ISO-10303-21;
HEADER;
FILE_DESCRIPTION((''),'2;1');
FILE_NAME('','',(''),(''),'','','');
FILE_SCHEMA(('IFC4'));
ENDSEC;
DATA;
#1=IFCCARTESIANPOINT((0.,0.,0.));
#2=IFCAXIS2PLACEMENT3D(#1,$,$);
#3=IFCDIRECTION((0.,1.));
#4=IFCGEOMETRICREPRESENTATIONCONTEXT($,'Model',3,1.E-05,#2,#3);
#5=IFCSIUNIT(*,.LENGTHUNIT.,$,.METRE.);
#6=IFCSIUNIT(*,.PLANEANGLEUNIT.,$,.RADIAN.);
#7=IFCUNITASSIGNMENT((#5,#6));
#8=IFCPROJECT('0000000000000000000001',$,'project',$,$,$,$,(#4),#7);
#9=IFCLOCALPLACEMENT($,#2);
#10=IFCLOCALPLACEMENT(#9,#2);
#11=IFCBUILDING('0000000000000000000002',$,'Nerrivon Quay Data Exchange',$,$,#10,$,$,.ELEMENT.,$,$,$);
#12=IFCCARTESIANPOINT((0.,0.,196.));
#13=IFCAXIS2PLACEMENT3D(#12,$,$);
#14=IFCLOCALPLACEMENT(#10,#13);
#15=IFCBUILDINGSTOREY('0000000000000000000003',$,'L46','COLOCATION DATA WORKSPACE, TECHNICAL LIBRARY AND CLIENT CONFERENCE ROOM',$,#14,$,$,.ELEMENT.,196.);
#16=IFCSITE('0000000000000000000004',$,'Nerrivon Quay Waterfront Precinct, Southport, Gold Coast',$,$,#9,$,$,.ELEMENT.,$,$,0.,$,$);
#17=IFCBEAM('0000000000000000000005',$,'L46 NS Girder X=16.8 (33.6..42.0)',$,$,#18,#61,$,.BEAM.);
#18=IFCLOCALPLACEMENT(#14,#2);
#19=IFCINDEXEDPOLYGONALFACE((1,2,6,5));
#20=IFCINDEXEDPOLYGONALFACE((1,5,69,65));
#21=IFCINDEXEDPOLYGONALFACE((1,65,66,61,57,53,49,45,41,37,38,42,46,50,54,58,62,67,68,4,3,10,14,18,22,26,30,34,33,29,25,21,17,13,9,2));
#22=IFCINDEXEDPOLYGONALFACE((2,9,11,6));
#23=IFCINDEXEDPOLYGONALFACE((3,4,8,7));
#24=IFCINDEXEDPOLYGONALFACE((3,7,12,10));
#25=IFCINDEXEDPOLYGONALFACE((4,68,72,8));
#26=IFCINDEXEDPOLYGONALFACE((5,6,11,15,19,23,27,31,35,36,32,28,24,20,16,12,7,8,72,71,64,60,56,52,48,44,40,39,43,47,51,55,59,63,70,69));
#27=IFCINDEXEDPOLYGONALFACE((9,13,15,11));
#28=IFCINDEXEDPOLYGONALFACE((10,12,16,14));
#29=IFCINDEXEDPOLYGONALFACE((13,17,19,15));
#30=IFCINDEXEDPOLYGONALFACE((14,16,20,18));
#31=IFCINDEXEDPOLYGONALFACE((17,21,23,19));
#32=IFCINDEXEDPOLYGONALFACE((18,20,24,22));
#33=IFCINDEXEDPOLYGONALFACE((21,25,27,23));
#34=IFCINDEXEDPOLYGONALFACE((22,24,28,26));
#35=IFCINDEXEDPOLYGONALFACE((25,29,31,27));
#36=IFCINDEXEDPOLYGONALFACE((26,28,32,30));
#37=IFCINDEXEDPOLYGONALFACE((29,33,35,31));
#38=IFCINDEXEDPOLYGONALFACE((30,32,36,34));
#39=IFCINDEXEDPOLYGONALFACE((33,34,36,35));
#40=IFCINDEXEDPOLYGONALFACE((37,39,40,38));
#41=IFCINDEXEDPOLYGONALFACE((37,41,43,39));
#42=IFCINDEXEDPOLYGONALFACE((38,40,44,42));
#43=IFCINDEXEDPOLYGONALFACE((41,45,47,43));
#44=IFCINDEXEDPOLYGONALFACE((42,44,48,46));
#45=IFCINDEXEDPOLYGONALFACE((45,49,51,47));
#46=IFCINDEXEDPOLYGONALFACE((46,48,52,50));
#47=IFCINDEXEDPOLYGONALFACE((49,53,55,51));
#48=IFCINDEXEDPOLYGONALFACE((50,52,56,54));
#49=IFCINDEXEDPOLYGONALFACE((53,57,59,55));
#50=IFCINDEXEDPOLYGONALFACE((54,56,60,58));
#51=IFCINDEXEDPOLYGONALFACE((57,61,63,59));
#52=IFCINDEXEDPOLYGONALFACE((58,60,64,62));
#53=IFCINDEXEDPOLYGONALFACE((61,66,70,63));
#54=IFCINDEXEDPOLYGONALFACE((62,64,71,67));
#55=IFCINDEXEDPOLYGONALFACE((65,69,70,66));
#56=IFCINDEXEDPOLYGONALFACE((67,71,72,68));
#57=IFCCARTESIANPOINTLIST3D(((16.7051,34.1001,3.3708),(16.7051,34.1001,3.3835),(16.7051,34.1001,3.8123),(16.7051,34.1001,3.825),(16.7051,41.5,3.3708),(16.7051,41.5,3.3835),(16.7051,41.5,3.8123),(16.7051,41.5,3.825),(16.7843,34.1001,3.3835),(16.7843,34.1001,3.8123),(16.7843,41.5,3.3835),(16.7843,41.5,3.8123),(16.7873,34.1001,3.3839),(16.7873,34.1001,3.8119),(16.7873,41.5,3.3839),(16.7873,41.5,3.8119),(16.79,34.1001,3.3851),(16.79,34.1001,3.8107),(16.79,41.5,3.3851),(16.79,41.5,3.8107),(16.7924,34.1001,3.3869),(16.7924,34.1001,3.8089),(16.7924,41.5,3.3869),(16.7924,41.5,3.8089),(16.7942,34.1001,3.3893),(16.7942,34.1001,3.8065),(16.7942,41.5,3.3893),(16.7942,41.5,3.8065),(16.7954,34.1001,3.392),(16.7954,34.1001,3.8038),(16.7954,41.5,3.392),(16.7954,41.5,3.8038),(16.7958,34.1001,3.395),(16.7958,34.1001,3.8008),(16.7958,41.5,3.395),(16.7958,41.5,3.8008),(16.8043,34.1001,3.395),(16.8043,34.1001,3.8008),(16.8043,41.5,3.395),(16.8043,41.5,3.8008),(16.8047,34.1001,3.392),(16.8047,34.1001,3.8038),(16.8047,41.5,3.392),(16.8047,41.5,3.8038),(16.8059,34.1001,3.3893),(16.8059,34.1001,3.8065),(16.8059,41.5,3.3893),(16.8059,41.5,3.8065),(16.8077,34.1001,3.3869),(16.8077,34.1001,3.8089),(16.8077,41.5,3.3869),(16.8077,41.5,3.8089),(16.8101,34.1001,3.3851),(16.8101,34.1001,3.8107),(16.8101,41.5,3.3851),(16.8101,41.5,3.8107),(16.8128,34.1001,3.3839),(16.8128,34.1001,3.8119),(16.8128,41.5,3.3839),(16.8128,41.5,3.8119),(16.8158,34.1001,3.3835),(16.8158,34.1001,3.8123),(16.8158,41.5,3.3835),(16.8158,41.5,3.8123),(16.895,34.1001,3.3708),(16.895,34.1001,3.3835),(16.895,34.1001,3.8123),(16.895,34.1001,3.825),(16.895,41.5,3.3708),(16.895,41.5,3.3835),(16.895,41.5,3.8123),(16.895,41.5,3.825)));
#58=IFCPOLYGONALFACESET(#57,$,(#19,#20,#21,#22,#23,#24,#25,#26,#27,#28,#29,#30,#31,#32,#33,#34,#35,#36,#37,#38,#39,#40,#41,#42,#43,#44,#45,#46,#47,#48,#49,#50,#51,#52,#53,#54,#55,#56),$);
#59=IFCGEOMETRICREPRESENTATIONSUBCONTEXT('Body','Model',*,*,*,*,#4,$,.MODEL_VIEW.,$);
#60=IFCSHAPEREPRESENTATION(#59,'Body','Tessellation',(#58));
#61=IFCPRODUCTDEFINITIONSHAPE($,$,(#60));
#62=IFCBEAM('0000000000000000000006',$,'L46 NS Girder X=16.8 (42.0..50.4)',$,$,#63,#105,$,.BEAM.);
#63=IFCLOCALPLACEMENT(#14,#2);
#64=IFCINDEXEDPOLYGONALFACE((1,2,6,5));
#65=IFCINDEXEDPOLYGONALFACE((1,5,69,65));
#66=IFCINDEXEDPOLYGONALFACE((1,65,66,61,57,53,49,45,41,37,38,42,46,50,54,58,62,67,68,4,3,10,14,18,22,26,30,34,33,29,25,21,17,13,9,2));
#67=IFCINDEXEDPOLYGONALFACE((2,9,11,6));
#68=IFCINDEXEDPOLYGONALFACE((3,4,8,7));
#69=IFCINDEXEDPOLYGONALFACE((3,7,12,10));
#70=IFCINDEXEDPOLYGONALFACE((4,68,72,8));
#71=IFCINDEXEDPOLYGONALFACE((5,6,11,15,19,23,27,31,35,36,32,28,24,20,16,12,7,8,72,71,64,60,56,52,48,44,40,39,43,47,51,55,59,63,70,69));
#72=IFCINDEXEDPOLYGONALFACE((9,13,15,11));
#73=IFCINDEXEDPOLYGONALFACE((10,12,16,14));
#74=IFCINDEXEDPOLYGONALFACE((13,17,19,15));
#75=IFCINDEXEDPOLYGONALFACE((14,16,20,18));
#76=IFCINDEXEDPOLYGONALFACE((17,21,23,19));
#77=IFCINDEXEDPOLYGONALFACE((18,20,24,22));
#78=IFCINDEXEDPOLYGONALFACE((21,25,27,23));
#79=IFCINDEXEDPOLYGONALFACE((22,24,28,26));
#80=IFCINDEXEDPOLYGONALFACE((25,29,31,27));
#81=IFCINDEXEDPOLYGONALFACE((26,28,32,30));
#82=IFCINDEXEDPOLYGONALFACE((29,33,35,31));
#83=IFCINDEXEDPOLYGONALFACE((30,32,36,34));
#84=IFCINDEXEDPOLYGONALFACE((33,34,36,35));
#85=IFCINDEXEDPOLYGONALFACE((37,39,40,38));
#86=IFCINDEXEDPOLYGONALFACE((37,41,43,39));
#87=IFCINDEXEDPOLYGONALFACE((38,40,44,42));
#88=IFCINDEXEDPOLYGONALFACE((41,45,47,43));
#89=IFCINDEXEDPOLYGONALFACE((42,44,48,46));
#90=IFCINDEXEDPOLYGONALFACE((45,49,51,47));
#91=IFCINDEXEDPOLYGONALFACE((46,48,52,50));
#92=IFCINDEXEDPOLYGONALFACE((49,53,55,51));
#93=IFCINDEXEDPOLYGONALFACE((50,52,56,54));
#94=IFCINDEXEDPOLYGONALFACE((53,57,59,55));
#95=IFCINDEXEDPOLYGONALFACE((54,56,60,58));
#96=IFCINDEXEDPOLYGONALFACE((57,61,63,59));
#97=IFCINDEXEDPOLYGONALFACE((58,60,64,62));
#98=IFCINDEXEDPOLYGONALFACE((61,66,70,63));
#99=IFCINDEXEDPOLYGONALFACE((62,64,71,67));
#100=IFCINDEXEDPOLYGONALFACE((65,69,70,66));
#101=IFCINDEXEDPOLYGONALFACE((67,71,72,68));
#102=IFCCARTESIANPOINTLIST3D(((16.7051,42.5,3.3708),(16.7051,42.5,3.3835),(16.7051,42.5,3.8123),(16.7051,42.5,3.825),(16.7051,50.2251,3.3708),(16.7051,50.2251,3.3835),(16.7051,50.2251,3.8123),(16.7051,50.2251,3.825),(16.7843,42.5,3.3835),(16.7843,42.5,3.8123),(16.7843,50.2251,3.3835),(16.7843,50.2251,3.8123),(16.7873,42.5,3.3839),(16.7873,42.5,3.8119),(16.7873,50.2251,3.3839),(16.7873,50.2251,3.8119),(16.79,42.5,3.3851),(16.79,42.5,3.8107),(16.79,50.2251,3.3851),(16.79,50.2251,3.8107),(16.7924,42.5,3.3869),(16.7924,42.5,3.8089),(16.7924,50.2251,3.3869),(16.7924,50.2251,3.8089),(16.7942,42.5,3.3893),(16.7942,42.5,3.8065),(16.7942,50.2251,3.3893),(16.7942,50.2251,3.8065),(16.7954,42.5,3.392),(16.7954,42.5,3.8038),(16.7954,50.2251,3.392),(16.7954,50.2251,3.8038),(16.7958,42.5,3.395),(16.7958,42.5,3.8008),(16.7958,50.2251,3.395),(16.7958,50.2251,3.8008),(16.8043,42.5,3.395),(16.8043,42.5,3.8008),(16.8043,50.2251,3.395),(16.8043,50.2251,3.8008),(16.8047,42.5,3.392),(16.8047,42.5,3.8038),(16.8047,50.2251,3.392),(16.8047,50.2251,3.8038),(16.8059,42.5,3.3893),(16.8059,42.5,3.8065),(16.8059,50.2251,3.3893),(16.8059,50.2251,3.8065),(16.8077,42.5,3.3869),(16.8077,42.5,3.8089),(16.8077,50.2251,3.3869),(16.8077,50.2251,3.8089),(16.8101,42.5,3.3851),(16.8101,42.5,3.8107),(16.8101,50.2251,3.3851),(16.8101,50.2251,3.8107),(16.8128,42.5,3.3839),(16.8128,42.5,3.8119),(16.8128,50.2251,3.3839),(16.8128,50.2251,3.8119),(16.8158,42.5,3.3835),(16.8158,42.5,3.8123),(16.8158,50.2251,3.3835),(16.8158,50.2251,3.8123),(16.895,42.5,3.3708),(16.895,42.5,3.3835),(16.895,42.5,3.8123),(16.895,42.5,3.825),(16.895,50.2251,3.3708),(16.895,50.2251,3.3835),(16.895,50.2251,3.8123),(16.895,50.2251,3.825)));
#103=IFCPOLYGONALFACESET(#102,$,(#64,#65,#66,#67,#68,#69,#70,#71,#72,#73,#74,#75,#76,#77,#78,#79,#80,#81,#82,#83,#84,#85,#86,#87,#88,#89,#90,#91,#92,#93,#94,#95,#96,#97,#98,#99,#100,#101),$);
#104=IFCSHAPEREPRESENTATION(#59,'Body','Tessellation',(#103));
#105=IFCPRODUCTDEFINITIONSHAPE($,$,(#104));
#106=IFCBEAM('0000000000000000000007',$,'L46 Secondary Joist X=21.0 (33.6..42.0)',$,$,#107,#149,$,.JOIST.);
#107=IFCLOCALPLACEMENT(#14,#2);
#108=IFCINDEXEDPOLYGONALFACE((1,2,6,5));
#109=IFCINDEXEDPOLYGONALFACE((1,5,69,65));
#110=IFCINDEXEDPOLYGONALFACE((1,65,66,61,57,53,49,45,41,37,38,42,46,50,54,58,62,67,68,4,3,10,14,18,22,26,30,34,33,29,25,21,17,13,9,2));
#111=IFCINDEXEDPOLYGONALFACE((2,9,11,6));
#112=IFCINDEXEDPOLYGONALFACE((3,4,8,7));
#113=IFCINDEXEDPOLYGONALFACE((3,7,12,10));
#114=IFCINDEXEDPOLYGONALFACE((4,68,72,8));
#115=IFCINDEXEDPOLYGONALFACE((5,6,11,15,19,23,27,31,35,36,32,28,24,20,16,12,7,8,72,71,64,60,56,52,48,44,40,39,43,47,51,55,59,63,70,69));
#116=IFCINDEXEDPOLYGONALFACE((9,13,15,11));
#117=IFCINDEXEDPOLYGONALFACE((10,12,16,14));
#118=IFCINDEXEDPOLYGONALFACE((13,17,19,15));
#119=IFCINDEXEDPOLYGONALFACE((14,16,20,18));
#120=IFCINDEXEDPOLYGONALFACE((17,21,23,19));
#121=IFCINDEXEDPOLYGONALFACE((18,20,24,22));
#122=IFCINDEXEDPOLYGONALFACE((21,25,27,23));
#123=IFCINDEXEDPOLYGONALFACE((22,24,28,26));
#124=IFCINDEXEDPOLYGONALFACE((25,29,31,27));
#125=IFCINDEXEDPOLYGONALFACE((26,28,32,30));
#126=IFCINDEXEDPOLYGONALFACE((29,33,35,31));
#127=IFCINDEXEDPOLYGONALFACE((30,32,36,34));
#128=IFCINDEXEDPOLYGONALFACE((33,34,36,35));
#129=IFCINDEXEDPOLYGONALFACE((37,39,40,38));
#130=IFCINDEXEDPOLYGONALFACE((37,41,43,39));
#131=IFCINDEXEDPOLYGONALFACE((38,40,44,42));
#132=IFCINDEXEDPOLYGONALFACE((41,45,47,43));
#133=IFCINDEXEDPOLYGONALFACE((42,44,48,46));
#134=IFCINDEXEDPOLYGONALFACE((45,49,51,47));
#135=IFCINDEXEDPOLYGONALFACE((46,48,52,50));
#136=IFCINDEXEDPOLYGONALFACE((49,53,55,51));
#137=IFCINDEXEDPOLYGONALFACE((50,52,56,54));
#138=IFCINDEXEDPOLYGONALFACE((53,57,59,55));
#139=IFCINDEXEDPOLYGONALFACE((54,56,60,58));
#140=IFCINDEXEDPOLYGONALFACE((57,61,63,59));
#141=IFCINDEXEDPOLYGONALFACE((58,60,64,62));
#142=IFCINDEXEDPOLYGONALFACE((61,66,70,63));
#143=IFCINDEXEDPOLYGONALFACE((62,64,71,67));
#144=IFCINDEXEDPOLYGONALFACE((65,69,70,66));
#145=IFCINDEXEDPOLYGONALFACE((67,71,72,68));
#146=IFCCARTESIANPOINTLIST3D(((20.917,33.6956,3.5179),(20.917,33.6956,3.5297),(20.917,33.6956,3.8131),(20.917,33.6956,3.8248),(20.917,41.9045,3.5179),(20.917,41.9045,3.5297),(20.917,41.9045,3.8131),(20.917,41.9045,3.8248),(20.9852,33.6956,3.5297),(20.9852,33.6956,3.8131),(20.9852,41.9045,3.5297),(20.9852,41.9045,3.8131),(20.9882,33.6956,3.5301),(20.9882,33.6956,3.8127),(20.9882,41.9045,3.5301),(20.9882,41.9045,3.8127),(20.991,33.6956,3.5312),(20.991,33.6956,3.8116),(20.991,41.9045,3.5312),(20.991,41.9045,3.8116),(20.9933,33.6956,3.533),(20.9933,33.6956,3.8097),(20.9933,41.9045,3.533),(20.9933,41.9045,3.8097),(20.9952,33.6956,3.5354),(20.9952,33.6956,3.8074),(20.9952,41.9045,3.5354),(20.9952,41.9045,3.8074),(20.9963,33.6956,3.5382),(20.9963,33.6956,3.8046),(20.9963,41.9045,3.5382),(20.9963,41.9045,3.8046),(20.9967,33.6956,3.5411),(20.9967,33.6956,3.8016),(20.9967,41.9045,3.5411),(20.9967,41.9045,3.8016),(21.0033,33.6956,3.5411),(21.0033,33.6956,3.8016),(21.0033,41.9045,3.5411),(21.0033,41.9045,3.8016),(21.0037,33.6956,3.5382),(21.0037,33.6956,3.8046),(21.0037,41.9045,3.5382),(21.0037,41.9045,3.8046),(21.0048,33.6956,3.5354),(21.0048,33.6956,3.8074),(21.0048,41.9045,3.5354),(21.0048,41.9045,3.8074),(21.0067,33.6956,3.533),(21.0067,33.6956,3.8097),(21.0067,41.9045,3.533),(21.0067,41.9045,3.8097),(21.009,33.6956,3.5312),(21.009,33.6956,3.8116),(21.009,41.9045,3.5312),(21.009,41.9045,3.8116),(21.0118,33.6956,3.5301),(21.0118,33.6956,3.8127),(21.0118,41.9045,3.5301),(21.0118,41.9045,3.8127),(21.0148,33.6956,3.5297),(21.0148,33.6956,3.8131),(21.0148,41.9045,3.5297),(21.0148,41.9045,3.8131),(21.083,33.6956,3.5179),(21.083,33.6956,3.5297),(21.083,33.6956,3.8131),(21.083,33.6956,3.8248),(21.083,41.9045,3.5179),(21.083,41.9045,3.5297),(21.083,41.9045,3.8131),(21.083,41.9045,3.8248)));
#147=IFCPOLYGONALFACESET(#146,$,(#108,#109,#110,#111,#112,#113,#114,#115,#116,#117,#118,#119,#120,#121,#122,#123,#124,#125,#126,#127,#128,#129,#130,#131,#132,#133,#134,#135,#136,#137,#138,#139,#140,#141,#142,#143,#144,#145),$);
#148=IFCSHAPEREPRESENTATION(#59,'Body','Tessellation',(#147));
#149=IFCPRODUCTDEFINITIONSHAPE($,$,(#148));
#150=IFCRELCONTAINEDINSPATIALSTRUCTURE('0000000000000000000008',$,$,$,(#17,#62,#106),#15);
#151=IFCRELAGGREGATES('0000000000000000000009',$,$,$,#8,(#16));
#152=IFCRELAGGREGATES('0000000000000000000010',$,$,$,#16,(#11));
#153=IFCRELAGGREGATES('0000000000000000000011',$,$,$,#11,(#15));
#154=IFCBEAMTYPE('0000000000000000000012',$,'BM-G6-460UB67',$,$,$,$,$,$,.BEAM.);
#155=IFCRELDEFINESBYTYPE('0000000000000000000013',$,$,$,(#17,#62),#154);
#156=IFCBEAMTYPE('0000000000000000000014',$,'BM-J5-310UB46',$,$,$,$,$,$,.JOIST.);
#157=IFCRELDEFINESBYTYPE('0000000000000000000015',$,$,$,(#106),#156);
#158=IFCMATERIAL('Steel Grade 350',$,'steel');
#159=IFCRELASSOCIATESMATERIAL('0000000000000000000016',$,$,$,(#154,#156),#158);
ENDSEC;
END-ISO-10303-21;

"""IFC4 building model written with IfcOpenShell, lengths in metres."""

from ifc_helpers import new_model, si_unit, direction, frame, origin, origin_2d, place, context, subcontext, project, spatial, i_section, extrude, material, material_profile, profile_set, type_object, element, save


model = new_model("IFC4")

# Units and contexts
model_context = context("Model", 3, precision=1e-05, world=origin(), true_north=direction((0.0, 1.0)))
body_context = subcontext(model_context, "Body", "Model", "MODEL_VIEW")
ifc_project = project(units=[si_unit("LENGTHUNIT", "METRE"), si_unit("PLANEANGLEUNIT", "RADIAN")], contexts=[model_context])

# Site, building, storey
site_placement = place(None, origin())
site = spatial("IfcSite", under=ifc_project, at=site_placement, Name="Nerrivon Quay Waterfront Precinct, Southport, Gold Coast", CompositionType="ELEMENT", RefElevation=0.0)
building_placement = place(site_placement, origin())
building = spatial("IfcBuilding", under=site, at=building_placement, Name="Nerrivon Quay Data Exchange", CompositionType="ELEMENT")
storey_placement = place(building_placement, frame((0.0, 0.0, 196.0)))
storey = spatial("IfcBuildingStorey", under=building, at=storey_placement, Name="L46", Description="COLOCATION DATA WORKSPACE, TECHNICAL LIBRARY AND CLIENT CONFERENCE ROOM", CompositionType="ELEMENT", Elevation=196.0)

# Shared definitions
ifc_material_1 = material(Name="Steel Grade 350", Category="steel")

# Beams
ifc_material_profile_1 = material_profile(ifc_material_1, i_section(OverallWidth=0.1899, OverallDepth=0.4541, WebThickness=0.0085, FlangeThickness=0.0127, FilletRadius=0.0115, at=origin_2d()), Name="460UB67.1")
ifc_profile_set_1 = profile_set([ifc_material_profile_1], Name="Steel Grade 350")
beam_type_1 = type_object("IfcBeamType", Name="BM-G6-460UB67", PredefinedType="BEAM", material=ifc_profile_set_1)
beam_1_placement = place(storey_placement, frame((16.8, 34.1001, 3.5979), z_axis=(0.0, 1.0, 0.0), x_axis=(-1.0, 0.0, 0.0)))
element("IfcBeam", 1, at=beam_1_placement, inside=storey, type_object=beam_type_1, Name="L46 NS Girder X=16.8 (33.6..42.0)", PredefinedType="BEAM", context=body_context, shape_type="SweptSolid", body=[
    extrude(i_section(OverallWidth=0.1899, OverallDepth=0.4541, WebThickness=0.0085, FlangeThickness=0.0127, FilletRadius=0.0115, at=origin_2d()), origin(), (0.0, 0.0, 1.0), 7.3999),
])
beam_2_placement = place(storey_placement, frame((16.8, 42.5, 3.5979), z_axis=(0.0, 1.0, 0.0), x_axis=(-1.0, 0.0, 0.0)))
element("IfcBeam", 2, at=beam_2_placement, inside=storey, type_object=beam_type_1, Name="L46 NS Girder X=16.8 (42.0..50.4)", PredefinedType="BEAM", context=body_context, shape_type="SweptSolid", body=[
    extrude(i_section(OverallWidth=0.1899, OverallDepth=0.4541, WebThickness=0.0085, FlangeThickness=0.0127, FilletRadius=0.0115, at=origin_2d()), origin(), (0.0, 0.0, 1.0), 7.7251),
])
ifc_material_profile_2 = material_profile(ifc_material_1, i_section(OverallWidth=0.166, OverallDepth=0.3069, WebThickness=0.0066, FlangeThickness=0.0117, FilletRadius=0.0115, at=origin_2d()), Name="310UB46.2")
ifc_profile_set_2 = profile_set([ifc_material_profile_2], Name="Steel Grade 350")
beam_type_2 = type_object("IfcBeamType", Name="BM-J5-310UB46", PredefinedType="JOIST", material=ifc_profile_set_2)
beam_3_placement = place(storey_placement, frame((21.0, 33.6956, 3.6714), z_axis=(0.0, 1.0, 0.0), x_axis=(-1.0, 0.0, 0.0)))
element("IfcBeam", 3, at=beam_3_placement, inside=storey, type_object=beam_type_2, Name="L46 Secondary Joist X=21.0 (33.6..42.0)", PredefinedType="JOIST", context=body_context, shape_type="SweptSolid", body=[
    extrude(i_section(OverallWidth=0.166, OverallDepth=0.3069, WebThickness=0.0066, FlangeThickness=0.0117, FilletRadius=0.0115, at=origin_2d()), origin(), (0.0, 0.0, 1.0), 8.209),
])

save(model, "model.ifc")
